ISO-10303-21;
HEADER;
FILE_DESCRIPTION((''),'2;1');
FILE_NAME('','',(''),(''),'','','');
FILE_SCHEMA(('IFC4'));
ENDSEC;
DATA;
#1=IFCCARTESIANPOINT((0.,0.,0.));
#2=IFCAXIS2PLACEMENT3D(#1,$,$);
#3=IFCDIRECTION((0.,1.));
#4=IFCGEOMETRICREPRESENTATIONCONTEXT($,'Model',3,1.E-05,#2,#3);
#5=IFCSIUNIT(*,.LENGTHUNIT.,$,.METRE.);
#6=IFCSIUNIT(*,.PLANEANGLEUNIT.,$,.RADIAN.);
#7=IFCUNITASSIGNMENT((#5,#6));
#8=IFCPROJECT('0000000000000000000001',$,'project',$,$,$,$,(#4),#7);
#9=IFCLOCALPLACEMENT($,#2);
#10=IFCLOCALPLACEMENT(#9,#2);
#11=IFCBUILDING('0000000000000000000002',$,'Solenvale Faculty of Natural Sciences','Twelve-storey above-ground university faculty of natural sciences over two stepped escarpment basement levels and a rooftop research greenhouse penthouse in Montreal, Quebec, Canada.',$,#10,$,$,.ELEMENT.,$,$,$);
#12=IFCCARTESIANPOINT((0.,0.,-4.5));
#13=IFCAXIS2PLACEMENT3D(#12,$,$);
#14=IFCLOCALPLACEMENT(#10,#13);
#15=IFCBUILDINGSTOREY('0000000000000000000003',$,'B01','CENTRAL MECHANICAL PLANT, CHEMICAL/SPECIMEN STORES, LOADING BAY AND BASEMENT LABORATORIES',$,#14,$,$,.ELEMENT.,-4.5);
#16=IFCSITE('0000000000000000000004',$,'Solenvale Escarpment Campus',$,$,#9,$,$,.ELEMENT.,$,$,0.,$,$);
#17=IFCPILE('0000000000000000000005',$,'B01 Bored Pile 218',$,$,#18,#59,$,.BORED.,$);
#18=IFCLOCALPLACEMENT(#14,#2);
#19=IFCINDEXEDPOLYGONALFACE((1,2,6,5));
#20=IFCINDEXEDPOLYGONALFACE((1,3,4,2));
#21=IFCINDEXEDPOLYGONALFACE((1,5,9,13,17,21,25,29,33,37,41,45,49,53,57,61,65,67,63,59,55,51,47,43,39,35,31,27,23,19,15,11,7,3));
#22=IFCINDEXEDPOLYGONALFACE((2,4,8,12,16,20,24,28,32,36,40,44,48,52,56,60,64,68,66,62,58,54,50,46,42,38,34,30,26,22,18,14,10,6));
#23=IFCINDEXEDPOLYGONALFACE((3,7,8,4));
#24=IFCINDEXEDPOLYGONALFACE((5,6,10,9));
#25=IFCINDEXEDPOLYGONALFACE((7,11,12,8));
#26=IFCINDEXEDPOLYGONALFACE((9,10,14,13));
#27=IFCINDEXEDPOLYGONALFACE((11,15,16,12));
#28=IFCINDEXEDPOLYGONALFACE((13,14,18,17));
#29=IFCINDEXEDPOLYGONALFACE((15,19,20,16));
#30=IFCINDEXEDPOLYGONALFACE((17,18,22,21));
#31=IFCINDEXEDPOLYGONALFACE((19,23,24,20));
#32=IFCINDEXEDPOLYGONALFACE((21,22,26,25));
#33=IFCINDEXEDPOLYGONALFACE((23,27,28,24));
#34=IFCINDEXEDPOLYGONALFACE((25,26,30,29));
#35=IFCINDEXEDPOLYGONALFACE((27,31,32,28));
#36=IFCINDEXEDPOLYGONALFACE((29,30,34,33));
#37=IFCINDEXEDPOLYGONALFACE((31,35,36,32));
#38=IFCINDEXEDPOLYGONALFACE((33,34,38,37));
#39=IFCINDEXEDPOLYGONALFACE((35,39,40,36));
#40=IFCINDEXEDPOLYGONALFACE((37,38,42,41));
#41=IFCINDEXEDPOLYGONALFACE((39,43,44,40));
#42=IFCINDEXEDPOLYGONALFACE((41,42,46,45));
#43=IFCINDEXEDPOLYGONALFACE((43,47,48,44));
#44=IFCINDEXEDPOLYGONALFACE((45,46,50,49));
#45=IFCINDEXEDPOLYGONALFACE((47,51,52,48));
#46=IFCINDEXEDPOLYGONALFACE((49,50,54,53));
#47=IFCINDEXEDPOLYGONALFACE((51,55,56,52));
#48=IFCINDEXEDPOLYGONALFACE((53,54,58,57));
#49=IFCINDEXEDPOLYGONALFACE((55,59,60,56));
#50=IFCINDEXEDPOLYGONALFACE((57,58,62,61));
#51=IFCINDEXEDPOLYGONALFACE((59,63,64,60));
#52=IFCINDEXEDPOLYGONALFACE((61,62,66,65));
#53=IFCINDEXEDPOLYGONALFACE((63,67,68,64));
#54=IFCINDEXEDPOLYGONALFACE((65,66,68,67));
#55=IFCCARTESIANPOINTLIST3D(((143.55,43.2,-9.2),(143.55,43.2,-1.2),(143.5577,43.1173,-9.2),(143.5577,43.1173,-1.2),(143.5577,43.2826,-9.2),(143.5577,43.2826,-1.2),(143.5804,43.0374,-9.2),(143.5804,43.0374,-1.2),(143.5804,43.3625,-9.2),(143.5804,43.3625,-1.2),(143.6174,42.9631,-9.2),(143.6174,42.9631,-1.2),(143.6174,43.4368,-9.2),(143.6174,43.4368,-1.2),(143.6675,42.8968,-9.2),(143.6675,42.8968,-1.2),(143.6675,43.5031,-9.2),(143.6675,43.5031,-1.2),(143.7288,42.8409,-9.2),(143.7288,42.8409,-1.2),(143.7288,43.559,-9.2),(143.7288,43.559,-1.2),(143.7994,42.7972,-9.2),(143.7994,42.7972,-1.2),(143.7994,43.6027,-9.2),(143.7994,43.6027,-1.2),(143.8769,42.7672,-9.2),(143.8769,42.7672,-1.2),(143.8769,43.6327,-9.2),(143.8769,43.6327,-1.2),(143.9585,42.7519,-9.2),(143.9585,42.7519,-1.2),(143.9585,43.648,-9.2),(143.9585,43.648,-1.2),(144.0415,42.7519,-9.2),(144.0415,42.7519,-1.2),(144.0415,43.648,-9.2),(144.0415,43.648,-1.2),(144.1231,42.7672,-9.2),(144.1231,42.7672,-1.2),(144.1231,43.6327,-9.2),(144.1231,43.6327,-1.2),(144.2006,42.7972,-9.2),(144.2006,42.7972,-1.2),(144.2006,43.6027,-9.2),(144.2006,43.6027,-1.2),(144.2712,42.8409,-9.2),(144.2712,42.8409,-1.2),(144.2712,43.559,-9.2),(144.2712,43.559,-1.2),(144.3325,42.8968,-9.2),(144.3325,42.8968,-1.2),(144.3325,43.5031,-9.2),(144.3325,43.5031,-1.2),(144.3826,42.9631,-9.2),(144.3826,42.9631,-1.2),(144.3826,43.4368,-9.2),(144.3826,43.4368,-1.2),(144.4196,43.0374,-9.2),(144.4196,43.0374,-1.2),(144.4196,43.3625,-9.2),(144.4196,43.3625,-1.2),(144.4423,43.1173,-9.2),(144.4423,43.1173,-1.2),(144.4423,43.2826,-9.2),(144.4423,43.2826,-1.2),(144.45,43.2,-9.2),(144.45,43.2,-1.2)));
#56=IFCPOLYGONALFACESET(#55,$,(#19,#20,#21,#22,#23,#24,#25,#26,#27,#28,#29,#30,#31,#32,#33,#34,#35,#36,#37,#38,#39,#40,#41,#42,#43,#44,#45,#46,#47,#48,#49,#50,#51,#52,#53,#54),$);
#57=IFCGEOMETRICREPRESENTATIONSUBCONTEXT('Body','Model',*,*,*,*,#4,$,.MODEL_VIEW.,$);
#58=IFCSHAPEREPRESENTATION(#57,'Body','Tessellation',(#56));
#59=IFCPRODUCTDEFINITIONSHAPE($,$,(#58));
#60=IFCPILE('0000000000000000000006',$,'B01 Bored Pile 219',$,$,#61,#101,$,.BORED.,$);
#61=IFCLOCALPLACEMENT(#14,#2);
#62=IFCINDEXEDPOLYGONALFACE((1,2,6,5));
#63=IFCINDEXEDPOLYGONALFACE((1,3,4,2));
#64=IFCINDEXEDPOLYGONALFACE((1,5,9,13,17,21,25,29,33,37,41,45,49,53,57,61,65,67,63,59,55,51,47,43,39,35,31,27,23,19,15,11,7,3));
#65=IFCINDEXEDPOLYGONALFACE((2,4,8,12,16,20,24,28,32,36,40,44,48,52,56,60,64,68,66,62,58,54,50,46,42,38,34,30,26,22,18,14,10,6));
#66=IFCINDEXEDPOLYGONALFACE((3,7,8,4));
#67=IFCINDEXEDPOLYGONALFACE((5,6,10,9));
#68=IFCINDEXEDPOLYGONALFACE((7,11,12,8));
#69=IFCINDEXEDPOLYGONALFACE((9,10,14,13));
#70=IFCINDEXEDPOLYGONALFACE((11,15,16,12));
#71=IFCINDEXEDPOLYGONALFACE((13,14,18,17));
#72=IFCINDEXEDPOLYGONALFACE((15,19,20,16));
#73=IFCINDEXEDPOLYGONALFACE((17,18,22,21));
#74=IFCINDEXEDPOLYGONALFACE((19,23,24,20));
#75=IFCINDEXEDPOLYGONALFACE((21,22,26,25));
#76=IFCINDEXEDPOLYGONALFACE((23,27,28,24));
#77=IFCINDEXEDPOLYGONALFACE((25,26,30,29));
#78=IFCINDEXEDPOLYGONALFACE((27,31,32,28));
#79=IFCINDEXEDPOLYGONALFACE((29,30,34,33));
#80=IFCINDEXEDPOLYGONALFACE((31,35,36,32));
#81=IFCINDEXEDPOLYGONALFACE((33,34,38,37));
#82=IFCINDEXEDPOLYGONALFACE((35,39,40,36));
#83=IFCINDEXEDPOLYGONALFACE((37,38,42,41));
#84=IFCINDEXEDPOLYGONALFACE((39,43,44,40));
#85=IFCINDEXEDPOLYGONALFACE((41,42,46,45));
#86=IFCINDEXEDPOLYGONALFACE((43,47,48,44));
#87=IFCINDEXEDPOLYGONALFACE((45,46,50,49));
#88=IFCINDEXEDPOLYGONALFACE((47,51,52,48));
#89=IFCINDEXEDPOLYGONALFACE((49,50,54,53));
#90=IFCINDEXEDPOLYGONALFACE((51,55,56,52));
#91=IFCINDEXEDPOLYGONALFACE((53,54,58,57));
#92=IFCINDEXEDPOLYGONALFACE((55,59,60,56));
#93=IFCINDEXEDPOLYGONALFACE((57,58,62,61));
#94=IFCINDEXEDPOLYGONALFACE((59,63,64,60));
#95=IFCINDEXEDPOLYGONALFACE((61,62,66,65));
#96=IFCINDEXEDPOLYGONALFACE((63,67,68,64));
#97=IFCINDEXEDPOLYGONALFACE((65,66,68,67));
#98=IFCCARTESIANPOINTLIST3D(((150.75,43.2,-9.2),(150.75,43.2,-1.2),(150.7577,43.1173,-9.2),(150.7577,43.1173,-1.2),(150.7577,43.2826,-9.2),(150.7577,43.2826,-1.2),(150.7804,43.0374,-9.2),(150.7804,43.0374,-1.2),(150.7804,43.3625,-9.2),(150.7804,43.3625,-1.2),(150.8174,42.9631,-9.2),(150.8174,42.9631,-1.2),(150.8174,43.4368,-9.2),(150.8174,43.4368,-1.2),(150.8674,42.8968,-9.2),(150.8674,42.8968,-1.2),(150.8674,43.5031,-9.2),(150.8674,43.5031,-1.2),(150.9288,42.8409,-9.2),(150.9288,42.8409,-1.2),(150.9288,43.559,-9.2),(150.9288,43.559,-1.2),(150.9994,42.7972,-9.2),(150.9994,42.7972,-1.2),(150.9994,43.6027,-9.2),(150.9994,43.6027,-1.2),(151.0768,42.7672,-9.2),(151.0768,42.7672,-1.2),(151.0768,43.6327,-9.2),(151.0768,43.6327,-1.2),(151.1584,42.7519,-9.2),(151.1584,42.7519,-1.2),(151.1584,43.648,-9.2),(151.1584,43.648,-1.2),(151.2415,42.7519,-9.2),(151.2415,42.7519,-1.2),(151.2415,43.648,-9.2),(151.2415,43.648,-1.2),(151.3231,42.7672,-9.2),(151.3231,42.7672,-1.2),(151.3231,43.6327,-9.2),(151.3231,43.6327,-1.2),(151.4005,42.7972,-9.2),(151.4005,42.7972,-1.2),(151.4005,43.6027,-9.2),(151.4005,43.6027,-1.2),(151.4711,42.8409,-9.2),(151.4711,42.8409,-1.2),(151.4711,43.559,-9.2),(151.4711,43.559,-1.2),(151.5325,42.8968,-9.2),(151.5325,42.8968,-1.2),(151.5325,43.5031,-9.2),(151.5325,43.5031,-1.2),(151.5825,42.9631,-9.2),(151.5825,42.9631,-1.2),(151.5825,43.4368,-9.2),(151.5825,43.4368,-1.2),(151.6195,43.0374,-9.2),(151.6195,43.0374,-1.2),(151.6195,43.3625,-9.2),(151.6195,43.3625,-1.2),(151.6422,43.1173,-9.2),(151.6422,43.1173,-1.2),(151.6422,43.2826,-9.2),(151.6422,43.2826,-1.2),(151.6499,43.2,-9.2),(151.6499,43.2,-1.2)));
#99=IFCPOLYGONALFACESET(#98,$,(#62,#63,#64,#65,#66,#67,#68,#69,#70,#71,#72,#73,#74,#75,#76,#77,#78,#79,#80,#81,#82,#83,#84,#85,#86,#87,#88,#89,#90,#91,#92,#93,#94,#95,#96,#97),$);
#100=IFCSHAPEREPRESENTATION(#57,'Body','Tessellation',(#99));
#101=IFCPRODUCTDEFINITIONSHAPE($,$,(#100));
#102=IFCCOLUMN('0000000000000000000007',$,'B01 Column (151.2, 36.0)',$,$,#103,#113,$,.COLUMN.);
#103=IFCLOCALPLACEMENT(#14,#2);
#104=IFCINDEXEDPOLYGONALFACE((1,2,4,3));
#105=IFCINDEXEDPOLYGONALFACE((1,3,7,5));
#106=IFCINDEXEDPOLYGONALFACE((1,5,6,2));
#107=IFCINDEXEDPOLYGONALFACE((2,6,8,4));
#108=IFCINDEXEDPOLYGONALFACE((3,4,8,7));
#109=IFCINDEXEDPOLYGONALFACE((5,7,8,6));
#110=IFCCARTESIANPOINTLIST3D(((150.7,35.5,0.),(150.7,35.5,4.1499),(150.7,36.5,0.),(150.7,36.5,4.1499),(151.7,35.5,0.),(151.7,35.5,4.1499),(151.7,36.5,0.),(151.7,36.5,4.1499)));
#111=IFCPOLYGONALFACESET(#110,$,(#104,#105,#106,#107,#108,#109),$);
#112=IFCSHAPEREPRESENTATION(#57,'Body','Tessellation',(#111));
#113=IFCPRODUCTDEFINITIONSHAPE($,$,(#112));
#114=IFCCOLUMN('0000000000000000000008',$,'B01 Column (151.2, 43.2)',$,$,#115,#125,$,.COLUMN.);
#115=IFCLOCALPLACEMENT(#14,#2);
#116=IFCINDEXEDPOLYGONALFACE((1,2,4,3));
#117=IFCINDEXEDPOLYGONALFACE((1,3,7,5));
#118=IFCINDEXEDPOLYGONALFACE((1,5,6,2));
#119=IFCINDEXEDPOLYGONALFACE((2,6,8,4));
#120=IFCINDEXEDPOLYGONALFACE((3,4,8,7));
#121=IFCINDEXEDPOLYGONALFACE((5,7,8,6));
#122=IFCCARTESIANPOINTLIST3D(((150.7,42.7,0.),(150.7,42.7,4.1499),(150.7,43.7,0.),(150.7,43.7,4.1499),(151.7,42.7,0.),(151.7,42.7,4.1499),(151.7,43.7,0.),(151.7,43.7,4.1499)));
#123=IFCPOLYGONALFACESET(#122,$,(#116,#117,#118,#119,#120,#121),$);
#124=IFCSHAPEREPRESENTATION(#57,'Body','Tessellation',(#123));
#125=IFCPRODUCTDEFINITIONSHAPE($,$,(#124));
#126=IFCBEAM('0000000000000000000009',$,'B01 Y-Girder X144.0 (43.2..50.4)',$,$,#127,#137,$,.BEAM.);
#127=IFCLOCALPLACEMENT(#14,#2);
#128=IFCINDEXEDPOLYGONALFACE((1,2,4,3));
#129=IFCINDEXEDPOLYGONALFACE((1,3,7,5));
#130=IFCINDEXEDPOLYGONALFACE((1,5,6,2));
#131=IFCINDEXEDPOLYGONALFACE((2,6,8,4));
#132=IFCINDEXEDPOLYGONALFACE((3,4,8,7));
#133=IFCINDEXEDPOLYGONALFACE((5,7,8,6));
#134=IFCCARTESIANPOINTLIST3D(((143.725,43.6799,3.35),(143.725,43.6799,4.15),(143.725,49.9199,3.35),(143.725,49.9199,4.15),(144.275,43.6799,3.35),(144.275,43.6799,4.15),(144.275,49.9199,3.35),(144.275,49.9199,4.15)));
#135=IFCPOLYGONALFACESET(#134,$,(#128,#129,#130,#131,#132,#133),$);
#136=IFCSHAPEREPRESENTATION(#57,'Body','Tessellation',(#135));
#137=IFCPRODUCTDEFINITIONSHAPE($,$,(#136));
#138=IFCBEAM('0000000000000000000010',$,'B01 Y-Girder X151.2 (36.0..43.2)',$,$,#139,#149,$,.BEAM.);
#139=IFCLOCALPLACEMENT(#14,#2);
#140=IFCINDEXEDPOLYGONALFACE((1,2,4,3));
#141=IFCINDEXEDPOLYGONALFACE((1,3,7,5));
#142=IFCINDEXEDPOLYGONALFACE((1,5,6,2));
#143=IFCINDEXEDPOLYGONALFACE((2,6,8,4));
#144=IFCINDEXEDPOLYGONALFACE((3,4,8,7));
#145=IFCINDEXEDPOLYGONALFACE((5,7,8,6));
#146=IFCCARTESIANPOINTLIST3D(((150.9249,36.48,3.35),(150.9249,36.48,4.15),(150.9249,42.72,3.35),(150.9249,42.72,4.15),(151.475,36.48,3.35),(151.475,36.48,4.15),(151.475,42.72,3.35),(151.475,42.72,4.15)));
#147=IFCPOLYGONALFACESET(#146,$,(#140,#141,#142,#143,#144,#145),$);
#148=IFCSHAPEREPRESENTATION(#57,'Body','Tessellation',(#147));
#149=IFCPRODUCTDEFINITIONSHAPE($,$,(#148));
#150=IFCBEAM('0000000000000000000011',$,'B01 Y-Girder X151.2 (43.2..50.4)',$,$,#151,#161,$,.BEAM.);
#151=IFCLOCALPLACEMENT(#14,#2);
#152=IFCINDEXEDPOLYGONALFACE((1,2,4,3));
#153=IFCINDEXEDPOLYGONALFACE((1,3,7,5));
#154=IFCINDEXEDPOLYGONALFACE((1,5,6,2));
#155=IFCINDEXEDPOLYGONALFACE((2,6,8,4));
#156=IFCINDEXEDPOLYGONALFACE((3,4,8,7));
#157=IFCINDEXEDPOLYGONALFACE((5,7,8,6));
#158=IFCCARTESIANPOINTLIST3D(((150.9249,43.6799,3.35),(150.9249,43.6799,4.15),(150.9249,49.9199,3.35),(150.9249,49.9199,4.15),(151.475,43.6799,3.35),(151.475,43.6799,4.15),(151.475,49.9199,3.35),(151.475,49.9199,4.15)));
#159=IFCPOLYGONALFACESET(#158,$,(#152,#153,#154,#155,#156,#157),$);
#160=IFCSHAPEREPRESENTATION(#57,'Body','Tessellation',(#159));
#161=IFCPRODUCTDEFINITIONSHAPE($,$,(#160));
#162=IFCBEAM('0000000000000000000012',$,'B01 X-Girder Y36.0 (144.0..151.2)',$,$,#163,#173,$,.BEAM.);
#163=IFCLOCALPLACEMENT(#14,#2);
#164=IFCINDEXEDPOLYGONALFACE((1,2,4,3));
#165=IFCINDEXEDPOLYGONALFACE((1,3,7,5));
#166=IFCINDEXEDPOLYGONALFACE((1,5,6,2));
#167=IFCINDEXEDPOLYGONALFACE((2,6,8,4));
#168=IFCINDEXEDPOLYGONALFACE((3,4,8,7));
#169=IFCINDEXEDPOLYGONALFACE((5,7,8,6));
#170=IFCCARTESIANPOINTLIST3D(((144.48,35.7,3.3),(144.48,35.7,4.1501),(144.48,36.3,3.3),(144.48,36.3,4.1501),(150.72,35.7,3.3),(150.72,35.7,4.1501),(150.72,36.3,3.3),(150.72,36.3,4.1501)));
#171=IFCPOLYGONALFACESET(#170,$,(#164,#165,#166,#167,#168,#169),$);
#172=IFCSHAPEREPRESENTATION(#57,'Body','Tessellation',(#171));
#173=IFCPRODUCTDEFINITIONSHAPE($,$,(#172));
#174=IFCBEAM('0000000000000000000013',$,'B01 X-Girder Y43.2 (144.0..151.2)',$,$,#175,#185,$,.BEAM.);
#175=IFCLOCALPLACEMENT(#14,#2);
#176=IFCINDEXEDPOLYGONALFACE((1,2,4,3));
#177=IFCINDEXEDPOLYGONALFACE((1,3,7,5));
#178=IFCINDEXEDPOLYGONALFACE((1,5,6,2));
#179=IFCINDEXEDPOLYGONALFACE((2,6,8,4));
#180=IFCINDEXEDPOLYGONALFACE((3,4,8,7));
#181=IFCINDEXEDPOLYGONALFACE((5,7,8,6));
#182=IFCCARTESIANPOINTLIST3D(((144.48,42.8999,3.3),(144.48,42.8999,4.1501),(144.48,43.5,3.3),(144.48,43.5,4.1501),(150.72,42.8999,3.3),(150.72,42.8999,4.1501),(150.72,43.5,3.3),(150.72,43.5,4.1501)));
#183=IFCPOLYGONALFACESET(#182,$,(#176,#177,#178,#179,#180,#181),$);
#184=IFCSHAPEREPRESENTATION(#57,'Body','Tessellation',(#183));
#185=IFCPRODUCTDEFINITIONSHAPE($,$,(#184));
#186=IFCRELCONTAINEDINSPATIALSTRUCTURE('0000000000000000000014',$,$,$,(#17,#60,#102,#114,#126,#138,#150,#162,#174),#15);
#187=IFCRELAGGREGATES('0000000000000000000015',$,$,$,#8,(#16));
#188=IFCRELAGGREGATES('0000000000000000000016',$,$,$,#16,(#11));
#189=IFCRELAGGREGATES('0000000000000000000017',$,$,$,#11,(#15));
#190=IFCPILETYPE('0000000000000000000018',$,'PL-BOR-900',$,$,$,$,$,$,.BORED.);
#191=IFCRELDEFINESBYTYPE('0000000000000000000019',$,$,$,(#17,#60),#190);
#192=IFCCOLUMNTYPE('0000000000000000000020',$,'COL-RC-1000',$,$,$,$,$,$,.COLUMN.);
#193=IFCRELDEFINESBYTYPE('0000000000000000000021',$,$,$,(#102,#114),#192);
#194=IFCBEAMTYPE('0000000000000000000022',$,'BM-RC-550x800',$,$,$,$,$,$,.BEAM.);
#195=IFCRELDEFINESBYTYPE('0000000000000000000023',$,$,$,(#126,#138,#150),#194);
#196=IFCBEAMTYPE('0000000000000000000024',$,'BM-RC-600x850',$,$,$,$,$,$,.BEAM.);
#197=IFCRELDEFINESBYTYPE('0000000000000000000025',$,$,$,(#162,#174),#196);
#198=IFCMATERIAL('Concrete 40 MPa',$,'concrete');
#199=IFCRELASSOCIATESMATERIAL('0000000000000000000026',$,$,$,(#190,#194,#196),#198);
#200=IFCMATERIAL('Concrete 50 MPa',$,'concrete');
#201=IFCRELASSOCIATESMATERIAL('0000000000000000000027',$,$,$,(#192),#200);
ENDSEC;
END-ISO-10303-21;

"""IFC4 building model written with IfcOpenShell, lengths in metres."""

from ifc_helpers import new_model, si_unit, direction, frame, origin, origin_2d, place, context, subcontext, project, spatial, rectangle, circle, extrude, material, material_profile, profile_set, type_object, element, save


model = new_model("IFC4")

# Units and contexts
model_context = context("Model", 3, precision=1e-05, world=origin(), true_north=direction((0.0, 1.0)))
body_context = subcontext(model_context, "Body", "Model", "MODEL_VIEW")
ifc_project = project(units=[si_unit("LENGTHUNIT", "METRE"), si_unit("PLANEANGLEUNIT", "RADIAN")], contexts=[model_context])

# Site, building, storey
site_placement = place(None, origin())
site = spatial("IfcSite", under=ifc_project, at=site_placement, Name="Solenvale Escarpment Campus", CompositionType="ELEMENT", RefElevation=0.0)
building_placement = place(site_placement, origin())
building = spatial("IfcBuilding", under=site, at=building_placement, Name="Solenvale Faculty of Natural Sciences", Description="Twelve-storey above-ground university faculty of natural sciences over two stepped escarpment basement levels and a rooftop research greenhouse penthouse in Montreal, Quebec, Canada.", CompositionType="ELEMENT")
storey_placement = place(building_placement, frame((0.0, 0.0, -4.5)))
storey = spatial("IfcBuildingStorey", under=building, at=storey_placement, Name="B01", Description="CENTRAL MECHANICAL PLANT, CHEMICAL/SPECIMEN STORES, LOADING BAY AND BASEMENT LABORATORIES", CompositionType="ELEMENT", Elevation=-4.5)

# Shared definitions
ifc_material_1 = material(Name="Concrete 40 MPa", Category="concrete")

# Piles
ifc_material_profile_1 = material_profile(ifc_material_1, circle(Radius=0.45, at=origin_2d()), Name="PILE-D900")
ifc_profile_set_1 = profile_set([ifc_material_profile_1], Name="Concrete 40 MPa")
pile_type_1 = type_object("IfcPileType", Name="PL-BOR-900", PredefinedType="BORED", material=ifc_profile_set_1)
for number, where, z_axis, x_axis, name in (
    (1, (144.0, 43.2, -1.2), (0.0, 0.0, -1.0), (1.0, 0.0, 0.0), "B01 Bored Pile 218"),
    (2, (151.2, 43.2, -1.2), (0.0, 0.0, -1.0), (1.0, 0.0, 0.0), "B01 Bored Pile 219"),
):
    element("IfcPile", number, at=place(storey_placement, frame(where, z_axis=z_axis, x_axis=x_axis)), inside=storey, type_object=pile_type_1, Name=name, PredefinedType="BORED", context=body_context, shape_type="SweptSolid", body=[
        extrude(circle(Radius=0.45, at=origin_2d()), origin(), (0.0, 0.0, 1.0), 8.0),
    ])

# Columns
ifc_material_2 = material(Name="Concrete 50 MPa", Category="concrete")
ifc_material_profile_2 = material_profile(ifc_material_2, rectangle(XDim=1.0, YDim=1.0, at=origin_2d()), Name="RC-COL-1000x1000")
ifc_profile_set_2 = profile_set([ifc_material_profile_2], Name="Concrete 50 MPa")
column_type = type_object("IfcColumnType", Name="COL-RC-1000", PredefinedType="COLUMN", material=ifc_profile_set_2)
for number, where, z_axis, x_axis, name in (
    (3, (151.2, 36.0, 0.0), (0.0, 0.0, 1.0), (1.0, 0.0, 0.0), "B01 Column (151.2, 36.0)"),
    (4, (151.2, 43.2, 0.0), (0.0, 0.0, 1.0), (1.0, 0.0, 0.0), "B01 Column (151.2, 43.2)"),
):
    element("IfcColumn", number, at=place(storey_placement, frame(where, z_axis=z_axis, x_axis=x_axis)), inside=storey, type_object=column_type, Name=name, PredefinedType="COLUMN", context=body_context, shape_type="SweptSolid", body=[
        extrude(rectangle(XDim=1.0, YDim=1.0, at=origin_2d()), origin(), (0.0, 0.0, 1.0), 4.1499),
    ])

# Beams
ifc_material_profile_3 = material_profile(ifc_material_1, rectangle(XDim=0.55, YDim=0.8, at=origin_2d()), Name="RC-BM-550x800")
ifc_profile_set_3 = profile_set([ifc_material_profile_3], Name="Concrete 40 MPa")
beam_type_1 = type_object("IfcBeamType", Name="BM-RC-550x800", PredefinedType="BEAM", material=ifc_profile_set_3)
for number, where, z_axis, x_axis, name in (
    (5, (144.0, 43.6799, 3.75), (0.0, 1.0, 0.0), (-1.0, 0.0, 0.0), "B01 Y-Girder X144.0 (43.2..50.4)"),
    (6, (151.2, 36.48, 3.75), (0.0, 1.0, 0.0), (-1.0, 0.0, 0.0), "B01 Y-Girder X151.2 (36.0..43.2)"),
    (7, (151.2, 43.6799, 3.75), (0.0, 1.0, 0.0), (-1.0, 0.0, 0.0), "B01 Y-Girder X151.2 (43.2..50.4)"),
):
    element("IfcBeam", number, at=place(storey_placement, frame(where, z_axis=z_axis, x_axis=x_axis)), inside=storey, type_object=beam_type_1, Name=name, PredefinedType="BEAM", context=body_context, shape_type="SweptSolid", body=[
        extrude(rectangle(XDim=0.55, YDim=0.8, at=origin_2d()), origin(), (0.0, 0.0, 1.0), 6.24),
    ])
ifc_material_profile_4 = material_profile(ifc_material_1, rectangle(XDim=0.6001, YDim=0.8501, at=origin_2d()), Name="RC-BM-600x850")
ifc_profile_set_4 = profile_set([ifc_material_profile_4], Name="Concrete 40 MPa")
beam_type_2 = type_object("IfcBeamType", Name="BM-RC-600x850", PredefinedType="BEAM", material=ifc_profile_set_4)
for number, where, z_axis, x_axis, name in (
    (8, (144.48, 36.0, 3.7251), (1.0, 0.0, 0.0), (0.0, 1.0, 0.0), "B01 X-Girder Y36.0 (144.0..151.2)"),
    (9, (144.48, 43.2, 3.7251), (1.0, 0.0, 0.0), (0.0, 1.0, 0.0), "B01 X-Girder Y43.2 (144.0..151.2)"),
):
    element("IfcBeam", number, at=place(storey_placement, frame(where, z_axis=z_axis, x_axis=x_axis)), inside=storey, type_object=beam_type_2, Name=name, PredefinedType="BEAM", context=body_context, shape_type="SweptSolid", body=[
        extrude(rectangle(XDim=0.6001, YDim=0.8501, at=origin_2d()), origin(), (0.0, 0.0, 1.0), 6.24),
    ])

save(model, "model.ifc")
